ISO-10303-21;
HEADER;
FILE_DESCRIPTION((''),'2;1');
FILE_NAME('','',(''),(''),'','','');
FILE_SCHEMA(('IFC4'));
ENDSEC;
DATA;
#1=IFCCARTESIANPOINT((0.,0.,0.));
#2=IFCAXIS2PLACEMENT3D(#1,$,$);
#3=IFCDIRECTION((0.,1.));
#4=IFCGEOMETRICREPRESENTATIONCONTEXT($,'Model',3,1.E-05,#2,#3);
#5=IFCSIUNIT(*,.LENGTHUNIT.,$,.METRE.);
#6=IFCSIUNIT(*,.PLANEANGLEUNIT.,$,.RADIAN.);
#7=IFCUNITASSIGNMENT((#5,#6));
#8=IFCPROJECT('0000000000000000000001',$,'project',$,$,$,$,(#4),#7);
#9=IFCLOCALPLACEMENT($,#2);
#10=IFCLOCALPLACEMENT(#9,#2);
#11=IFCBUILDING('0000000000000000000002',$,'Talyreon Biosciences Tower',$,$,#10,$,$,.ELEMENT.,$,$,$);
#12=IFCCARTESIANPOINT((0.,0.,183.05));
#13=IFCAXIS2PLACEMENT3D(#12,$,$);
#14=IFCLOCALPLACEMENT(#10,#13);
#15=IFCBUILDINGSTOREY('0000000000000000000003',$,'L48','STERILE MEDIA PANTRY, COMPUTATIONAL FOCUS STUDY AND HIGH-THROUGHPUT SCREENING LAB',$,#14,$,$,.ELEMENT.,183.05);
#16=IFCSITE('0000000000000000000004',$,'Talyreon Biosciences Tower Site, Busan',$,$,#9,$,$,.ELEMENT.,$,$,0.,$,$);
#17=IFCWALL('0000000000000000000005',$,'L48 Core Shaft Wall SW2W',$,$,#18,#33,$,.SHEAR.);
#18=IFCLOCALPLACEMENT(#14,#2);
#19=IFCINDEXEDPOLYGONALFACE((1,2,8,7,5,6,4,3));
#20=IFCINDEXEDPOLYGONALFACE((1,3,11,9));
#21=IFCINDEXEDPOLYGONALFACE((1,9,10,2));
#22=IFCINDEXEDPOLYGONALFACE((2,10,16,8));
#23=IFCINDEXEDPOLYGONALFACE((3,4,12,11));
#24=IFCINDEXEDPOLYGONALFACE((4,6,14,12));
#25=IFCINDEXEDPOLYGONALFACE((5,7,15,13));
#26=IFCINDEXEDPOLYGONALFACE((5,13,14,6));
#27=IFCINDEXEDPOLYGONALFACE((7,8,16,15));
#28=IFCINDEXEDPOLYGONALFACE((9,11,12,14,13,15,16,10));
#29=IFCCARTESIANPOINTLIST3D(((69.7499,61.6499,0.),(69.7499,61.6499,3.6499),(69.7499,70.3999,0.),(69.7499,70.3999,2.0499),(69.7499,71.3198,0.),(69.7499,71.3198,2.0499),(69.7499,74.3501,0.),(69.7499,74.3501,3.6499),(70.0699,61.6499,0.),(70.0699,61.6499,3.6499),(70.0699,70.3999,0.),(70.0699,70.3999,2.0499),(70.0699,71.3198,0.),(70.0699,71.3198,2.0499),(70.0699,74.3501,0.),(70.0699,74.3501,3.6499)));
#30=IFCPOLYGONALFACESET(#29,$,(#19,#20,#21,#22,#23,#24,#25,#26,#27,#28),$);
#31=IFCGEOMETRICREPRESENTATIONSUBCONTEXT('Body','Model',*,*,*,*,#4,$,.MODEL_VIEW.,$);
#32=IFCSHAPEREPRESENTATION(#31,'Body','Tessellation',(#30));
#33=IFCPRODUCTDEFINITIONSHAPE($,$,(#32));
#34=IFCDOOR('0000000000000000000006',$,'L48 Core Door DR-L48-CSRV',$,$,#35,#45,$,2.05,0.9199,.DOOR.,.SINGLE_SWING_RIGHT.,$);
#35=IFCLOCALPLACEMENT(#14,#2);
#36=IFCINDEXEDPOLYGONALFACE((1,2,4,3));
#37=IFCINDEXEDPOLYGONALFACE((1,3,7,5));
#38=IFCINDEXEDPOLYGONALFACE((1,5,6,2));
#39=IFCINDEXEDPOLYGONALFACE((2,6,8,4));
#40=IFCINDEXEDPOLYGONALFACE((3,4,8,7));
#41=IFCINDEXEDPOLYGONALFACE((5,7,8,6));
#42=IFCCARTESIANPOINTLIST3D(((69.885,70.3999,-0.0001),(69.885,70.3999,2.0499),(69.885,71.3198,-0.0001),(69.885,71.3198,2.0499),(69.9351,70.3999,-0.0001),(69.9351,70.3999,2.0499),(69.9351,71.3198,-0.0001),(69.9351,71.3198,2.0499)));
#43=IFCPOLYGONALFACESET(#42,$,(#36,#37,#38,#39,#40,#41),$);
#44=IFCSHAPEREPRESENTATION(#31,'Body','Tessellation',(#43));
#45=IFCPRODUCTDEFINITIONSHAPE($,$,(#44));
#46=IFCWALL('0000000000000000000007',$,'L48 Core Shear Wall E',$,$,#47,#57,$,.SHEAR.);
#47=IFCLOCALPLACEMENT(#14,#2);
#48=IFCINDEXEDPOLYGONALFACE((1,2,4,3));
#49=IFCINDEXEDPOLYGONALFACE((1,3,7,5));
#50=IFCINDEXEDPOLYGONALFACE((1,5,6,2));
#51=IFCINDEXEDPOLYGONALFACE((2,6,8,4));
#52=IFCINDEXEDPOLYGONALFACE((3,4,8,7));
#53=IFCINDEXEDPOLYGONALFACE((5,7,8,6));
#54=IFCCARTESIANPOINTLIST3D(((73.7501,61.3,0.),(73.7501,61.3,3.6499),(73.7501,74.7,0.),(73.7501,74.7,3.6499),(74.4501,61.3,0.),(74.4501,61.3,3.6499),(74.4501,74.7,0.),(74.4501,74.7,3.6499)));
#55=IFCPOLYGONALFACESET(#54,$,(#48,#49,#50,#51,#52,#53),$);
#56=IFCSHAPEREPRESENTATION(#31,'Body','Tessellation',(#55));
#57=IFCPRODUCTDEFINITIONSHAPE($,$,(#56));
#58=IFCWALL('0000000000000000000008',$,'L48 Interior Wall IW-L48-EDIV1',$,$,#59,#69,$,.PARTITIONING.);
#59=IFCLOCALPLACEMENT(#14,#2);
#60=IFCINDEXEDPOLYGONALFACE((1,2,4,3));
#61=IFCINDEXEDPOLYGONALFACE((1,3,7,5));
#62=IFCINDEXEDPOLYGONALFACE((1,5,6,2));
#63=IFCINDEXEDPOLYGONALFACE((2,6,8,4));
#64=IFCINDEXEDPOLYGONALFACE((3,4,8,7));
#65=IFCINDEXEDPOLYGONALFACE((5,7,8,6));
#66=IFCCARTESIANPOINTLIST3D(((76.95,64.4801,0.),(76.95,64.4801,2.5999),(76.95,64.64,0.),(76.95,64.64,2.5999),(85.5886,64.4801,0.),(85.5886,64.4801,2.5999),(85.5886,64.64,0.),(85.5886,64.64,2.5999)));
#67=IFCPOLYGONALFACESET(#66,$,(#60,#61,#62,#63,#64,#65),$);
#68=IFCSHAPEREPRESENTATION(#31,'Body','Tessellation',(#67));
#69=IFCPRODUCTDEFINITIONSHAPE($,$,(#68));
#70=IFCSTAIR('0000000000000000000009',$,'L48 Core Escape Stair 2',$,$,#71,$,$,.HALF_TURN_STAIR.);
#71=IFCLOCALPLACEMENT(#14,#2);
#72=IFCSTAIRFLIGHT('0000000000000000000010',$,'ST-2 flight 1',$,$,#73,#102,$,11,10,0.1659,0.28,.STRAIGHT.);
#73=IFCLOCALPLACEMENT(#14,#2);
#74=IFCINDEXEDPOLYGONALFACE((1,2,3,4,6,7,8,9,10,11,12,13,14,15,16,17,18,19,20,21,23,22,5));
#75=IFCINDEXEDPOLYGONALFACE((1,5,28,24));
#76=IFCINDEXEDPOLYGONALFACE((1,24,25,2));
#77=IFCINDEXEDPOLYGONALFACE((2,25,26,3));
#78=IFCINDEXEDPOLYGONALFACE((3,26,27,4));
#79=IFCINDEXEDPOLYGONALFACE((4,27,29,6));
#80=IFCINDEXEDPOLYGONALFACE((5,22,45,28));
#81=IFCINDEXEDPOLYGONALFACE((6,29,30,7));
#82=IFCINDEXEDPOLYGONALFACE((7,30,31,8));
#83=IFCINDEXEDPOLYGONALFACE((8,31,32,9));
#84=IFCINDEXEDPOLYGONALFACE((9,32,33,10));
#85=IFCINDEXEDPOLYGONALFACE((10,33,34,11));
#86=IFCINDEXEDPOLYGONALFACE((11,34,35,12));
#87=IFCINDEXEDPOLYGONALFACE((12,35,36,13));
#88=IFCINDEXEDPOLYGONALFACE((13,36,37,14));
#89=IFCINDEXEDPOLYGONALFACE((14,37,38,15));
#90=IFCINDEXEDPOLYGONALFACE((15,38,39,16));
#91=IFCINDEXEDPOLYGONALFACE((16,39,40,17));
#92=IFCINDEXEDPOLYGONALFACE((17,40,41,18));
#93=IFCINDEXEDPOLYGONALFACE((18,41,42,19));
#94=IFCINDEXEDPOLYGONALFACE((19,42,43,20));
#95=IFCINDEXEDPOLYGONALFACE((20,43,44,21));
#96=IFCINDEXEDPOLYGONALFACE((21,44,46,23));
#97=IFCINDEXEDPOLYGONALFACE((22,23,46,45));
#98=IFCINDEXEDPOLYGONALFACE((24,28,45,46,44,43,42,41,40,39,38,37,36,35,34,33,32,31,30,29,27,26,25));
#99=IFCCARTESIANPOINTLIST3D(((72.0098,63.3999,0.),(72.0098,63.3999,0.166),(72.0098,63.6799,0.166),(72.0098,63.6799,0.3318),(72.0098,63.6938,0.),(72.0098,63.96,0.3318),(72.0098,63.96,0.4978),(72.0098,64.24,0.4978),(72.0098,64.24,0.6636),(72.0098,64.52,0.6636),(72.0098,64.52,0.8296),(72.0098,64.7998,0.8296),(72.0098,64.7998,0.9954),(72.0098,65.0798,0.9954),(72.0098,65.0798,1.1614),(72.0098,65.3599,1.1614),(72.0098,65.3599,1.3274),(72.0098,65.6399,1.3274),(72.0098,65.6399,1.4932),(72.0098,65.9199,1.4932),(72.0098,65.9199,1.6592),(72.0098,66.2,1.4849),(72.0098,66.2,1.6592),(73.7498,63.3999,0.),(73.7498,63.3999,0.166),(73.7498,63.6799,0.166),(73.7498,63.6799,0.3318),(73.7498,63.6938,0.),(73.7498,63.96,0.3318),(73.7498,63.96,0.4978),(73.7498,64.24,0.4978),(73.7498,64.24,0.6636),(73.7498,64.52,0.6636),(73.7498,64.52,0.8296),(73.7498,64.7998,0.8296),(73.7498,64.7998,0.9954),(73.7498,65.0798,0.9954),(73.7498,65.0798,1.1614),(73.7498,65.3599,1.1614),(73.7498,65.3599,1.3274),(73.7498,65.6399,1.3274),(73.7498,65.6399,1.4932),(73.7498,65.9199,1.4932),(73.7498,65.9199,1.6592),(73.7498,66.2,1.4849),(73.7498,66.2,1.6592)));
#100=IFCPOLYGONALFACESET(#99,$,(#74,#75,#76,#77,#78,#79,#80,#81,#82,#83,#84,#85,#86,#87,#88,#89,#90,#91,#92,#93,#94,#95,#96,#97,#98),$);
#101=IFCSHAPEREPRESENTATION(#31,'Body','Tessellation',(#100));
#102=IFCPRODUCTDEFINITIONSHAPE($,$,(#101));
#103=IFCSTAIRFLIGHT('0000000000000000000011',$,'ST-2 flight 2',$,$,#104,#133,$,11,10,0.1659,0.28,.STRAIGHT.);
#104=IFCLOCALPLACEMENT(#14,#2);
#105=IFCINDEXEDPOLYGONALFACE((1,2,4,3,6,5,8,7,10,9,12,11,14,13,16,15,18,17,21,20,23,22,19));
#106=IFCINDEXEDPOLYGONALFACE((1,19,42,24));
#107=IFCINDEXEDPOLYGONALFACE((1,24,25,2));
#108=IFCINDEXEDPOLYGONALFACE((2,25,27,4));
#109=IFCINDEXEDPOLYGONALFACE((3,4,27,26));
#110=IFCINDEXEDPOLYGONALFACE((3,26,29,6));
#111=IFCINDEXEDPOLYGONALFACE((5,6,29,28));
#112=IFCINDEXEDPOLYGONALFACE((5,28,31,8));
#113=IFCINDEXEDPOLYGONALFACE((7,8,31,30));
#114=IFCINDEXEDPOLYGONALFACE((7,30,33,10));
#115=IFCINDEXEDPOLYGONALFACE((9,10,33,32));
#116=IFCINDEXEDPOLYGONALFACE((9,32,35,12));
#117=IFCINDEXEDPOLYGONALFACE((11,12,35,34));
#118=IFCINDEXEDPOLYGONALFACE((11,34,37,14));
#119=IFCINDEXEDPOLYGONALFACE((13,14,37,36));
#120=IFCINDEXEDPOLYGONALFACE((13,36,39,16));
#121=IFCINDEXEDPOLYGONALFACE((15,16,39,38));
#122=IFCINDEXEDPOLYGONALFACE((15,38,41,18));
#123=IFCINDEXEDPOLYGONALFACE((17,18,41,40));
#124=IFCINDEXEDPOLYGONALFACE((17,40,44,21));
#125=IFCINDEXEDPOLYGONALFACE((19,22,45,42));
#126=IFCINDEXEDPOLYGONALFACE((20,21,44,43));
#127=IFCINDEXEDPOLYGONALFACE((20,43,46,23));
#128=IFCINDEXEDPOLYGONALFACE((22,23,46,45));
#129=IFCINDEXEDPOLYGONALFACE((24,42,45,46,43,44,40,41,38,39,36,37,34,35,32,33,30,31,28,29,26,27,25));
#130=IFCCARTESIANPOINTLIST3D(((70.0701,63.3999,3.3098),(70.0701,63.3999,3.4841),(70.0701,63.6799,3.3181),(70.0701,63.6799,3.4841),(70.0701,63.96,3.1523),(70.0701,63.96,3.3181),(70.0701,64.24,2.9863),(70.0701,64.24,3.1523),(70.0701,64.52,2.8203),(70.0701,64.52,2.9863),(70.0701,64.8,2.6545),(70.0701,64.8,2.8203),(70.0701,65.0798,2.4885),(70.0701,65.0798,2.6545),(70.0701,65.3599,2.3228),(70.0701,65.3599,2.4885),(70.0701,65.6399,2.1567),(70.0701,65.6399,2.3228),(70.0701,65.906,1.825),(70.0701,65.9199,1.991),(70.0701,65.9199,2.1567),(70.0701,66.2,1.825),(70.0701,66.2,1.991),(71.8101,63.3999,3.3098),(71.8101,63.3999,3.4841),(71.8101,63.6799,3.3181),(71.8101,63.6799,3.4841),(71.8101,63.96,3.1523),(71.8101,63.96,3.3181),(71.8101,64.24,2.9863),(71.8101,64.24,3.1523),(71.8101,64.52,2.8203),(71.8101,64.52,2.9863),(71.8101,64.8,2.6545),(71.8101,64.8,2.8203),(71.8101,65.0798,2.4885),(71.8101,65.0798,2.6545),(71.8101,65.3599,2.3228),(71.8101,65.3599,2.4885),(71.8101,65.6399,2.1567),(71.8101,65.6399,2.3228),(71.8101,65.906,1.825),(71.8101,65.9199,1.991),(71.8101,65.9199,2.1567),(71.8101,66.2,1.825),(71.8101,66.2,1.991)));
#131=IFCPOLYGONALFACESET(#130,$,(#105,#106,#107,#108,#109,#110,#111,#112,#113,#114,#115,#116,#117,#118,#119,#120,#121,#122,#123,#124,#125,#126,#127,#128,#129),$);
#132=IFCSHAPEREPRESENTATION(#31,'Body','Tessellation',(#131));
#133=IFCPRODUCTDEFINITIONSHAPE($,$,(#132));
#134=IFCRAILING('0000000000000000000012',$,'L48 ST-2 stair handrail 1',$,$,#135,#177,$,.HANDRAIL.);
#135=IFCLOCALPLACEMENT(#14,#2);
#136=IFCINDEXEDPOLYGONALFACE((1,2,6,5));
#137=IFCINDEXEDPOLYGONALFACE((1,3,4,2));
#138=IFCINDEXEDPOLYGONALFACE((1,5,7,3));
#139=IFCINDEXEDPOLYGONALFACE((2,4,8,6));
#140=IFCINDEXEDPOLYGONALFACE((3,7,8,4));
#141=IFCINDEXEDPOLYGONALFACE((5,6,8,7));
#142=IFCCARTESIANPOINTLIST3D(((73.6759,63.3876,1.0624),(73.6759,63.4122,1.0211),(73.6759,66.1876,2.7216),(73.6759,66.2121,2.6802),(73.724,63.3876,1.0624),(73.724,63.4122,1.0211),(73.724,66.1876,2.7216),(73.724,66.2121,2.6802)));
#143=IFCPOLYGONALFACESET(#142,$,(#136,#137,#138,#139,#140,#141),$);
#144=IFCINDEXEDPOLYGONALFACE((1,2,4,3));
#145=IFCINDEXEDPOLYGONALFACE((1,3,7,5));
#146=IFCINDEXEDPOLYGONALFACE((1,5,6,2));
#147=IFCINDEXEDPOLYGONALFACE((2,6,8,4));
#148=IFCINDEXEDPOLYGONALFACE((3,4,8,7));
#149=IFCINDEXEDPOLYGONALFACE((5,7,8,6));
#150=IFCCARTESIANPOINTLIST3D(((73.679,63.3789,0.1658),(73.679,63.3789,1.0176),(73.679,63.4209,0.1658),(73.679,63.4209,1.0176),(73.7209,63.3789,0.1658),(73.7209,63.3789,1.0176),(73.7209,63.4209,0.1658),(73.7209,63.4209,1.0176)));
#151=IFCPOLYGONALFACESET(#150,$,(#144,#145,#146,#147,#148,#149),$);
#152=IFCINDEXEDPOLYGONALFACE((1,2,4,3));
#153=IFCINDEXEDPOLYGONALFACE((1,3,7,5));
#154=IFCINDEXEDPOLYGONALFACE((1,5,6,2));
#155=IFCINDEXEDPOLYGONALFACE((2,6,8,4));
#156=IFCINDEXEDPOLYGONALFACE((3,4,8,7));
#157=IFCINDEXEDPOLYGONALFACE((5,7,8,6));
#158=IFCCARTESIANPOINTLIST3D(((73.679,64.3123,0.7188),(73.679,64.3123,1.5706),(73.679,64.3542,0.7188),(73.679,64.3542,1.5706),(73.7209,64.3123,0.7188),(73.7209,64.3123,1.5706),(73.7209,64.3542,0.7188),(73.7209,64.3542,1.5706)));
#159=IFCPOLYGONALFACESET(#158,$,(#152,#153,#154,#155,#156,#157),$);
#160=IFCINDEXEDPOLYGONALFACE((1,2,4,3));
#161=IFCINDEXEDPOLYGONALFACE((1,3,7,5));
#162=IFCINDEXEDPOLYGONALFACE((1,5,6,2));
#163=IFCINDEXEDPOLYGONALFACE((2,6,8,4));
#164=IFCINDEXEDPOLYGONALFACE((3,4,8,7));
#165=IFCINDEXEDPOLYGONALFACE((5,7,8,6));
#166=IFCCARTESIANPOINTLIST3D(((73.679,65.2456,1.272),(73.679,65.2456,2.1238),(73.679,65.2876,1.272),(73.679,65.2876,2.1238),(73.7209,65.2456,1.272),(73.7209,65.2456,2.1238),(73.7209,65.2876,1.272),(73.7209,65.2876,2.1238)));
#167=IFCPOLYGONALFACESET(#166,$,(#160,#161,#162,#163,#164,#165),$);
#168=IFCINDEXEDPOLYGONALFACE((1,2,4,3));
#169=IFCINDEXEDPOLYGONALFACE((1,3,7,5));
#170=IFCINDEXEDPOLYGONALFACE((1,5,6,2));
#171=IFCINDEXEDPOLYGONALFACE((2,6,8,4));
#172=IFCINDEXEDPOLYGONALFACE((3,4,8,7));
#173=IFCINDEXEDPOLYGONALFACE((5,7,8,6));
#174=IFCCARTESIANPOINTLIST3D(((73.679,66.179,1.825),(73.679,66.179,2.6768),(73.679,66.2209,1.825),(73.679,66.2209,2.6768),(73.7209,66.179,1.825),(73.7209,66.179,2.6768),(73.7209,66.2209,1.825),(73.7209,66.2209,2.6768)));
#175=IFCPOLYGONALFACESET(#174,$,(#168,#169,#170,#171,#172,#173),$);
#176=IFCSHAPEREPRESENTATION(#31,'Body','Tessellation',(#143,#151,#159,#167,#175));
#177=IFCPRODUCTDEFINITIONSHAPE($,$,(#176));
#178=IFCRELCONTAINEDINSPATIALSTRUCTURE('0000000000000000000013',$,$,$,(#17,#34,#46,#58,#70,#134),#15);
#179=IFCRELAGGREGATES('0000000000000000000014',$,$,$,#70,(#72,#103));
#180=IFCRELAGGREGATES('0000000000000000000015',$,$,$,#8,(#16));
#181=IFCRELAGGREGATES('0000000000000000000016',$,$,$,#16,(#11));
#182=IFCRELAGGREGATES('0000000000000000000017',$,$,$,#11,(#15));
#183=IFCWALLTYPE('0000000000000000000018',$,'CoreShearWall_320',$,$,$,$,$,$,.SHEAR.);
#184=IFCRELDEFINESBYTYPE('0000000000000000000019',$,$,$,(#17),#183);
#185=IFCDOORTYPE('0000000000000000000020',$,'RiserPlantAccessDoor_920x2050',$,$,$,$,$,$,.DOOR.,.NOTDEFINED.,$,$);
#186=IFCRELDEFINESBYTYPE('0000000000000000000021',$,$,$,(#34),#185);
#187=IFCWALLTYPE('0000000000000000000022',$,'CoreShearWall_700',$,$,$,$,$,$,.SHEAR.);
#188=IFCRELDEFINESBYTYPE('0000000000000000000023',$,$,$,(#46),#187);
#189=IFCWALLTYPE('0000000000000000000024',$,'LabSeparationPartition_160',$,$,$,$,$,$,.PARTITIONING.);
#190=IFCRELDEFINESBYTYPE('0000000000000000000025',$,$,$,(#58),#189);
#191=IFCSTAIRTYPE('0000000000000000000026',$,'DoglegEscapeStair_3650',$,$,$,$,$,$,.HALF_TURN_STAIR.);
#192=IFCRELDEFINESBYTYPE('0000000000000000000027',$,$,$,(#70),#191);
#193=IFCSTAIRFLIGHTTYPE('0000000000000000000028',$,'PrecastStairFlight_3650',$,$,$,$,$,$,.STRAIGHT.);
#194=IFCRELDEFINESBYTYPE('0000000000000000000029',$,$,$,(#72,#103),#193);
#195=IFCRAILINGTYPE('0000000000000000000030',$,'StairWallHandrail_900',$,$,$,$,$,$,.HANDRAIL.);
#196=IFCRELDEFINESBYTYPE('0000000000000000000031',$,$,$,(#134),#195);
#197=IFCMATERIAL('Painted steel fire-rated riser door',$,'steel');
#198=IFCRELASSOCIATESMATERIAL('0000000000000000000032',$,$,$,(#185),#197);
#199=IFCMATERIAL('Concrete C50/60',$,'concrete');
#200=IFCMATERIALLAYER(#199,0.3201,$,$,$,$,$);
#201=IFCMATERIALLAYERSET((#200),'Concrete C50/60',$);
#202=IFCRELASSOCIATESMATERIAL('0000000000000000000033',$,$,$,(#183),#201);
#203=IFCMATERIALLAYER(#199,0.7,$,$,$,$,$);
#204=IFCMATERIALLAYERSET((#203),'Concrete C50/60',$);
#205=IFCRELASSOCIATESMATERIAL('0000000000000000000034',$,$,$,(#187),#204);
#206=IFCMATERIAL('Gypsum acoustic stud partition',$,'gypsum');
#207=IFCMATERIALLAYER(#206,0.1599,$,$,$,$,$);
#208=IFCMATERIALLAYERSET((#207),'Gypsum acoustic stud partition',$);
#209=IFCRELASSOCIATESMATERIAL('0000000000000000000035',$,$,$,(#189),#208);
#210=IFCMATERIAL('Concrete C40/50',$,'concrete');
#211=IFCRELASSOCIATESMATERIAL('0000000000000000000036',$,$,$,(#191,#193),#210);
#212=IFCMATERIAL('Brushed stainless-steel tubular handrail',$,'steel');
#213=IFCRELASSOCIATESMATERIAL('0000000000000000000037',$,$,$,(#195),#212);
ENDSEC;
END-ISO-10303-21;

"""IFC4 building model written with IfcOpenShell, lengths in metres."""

from ifc_helpers import new_model, si_unit, direction, frame, frame_2d, origin, origin_2d, place, context, subcontext, project, spatial, polyline, rectangle, outline, extrude, material, layer, layer_set, type_object, element, fill, aggregate, save


model = new_model("IFC4")

# Units and contexts
model_context = context("Model", 3, precision=1e-05, world=origin(), true_north=direction((0.0, 1.0)))
body_context = subcontext(model_context, "Body", "Model", "MODEL_VIEW")
ifc_project = project(units=[si_unit("LENGTHUNIT", "METRE"), si_unit("PLANEANGLEUNIT", "RADIAN")], contexts=[model_context])

# Site, building, storey
site_placement = place(None, origin())
site = spatial("IfcSite", under=ifc_project, at=site_placement, Name="Talyreon Biosciences Tower Site, Busan", CompositionType="ELEMENT", RefElevation=0.0)
building_placement = place(site_placement, origin())
building = spatial("IfcBuilding", under=site, at=building_placement, Name="Talyreon Biosciences Tower", CompositionType="ELEMENT")
storey_placement = place(building_placement, frame((0.0, 0.0, 183.05)))
storey = spatial("IfcBuildingStorey", under=building, at=storey_placement, Name="L48", Description="STERILE MEDIA PANTRY, COMPUTATIONAL FOCUS STUDY AND HIGH-THROUGHPUT SCREENING LAB", CompositionType="ELEMENT", Elevation=183.05)

# Shared definitions
ifc_material_1 = material(Name="Concrete C50/60", Category="concrete")

# Wall, opening, door
ifc_material_2 = material(Name="Painted steel fire-rated riser door", Category="steel")
door_type = type_object("IfcDoorType", Name="RiserPlantAccessDoor_920x2050", OperationType="NOTDEFINED", PredefinedType="DOOR", material=ifc_material_2)
ifc_layer_1 = layer(ifc_material_1, 0.3201)
ifc_layer_set_1 = layer_set([ifc_layer_1], Name="Concrete C50/60")
wall_type_1 = type_object("IfcWallType", Name="CoreShearWall_320", PredefinedType="SHEAR", material=ifc_layer_set_1)
wall_1_placement = place(storey_placement, frame((69.9099, 61.6499, 0.0), z_axis=(0.0, 0.0, 1.0), x_axis=(0.0, 1.0, 0.0)))
wall_1 = element("IfcWall", 1, at=wall_1_placement, inside=storey, type_object=wall_type_1, Name="L48 Core Shaft Wall SW2W", PredefinedType="SHEAR", context=body_context, shape_type="SweptSolid", body=[
    extrude(rectangle(XDim=12.7002, YDim=0.3201, at=frame_2d((6.3501, 0.0))), origin(), (0.0, 0.0, 1.0), 3.6499),
])
opening_1_placement = place(wall_1_placement, frame((8.75, 0.0, 0.0)))
opening_1 = element("IfcOpeningElement", 2, at=opening_1_placement, cuts=wall_1, PredefinedType="OPENING", context=body_context, shape_type="SweptSolid", body=[
    extrude(rectangle(XDim=0.9199, YDim=2.05, at=frame_2d((0.46, 1.0249))), frame((0.0, 0.1699, 0.0), z_axis=(0.0, -1.0, 0.0), x_axis=(1.0, 0.0, 0.0)), (0.0, 0.0, 1.0), 0.3401),
])
door_1_placement = place(opening_1_placement, origin())
door_1 = element("IfcDoor", 3, at=door_1_placement, inside=storey, type_object=door_type, Name="L48 Core Door DR-L48-CSRV", OperationType="SINGLE_SWING_RIGHT", OverallHeight=2.05, OverallWidth=0.9199, PredefinedType="DOOR", context=body_context, shape_type="SweptSolid", body=[
    extrude(rectangle(XDim=0.9199, YDim=2.05, at=frame_2d((0.46, 1.0249))), frame((0.0, 0.0249, 0.0), z_axis=(0.0, -1.0, 0.0), x_axis=(1.0, 0.0, 0.0)), (0.0, 0.0, 1.0), 0.05),
])
fill(opening_1, door_1)

# Walls
ifc_layer_2 = layer(ifc_material_1, 0.7)
ifc_layer_set_2 = layer_set([ifc_layer_2], Name="Concrete C50/60")
wall_type_2 = type_object("IfcWallType", Name="CoreShearWall_700", PredefinedType="SHEAR", material=ifc_layer_set_2)
wall_2_placement = place(storey_placement, frame((74.1001, 61.3, 0.0), z_axis=(0.0, 0.0, 1.0), x_axis=(0.0, 1.0, 0.0)))
element("IfcWall", 4, at=wall_2_placement, inside=storey, type_object=wall_type_2, Name="L48 Core Shear Wall E", PredefinedType="SHEAR", context=body_context, shape_type="SweptSolid", body=[
    extrude(rectangle(XDim=13.3999, YDim=0.7, at=frame_2d((6.7, 0.0))), origin(), (0.0, 0.0, 1.0), 3.6499),
])
ifc_material_3 = material(Name="Gypsum acoustic stud partition", Category="gypsum")
ifc_layer_3 = layer(ifc_material_3, 0.1599)
ifc_layer_set_3 = layer_set([ifc_layer_3], Name="Gypsum acoustic stud partition")
wall_type_3 = type_object("IfcWallType", Name="LabSeparationPartition_160", PredefinedType="PARTITIONING", material=ifc_layer_set_3)
wall_3_placement = place(storey_placement, frame((76.95, 64.5601, 0.0), z_axis=(0.0, 0.0, 1.0), x_axis=(1.0, 0.0, 0.0)))
element("IfcWall", 5, at=wall_3_placement, inside=storey, type_object=wall_type_3, Name="L48 Interior Wall IW-L48-EDIV1", PredefinedType="PARTITIONING", context=body_context, shape_type="SweptSolid", body=[
    extrude(rectangle(XDim=8.6387, YDim=0.1599, at=frame_2d((4.3193, 0.0))), origin(), (0.0, 0.0, 1.0), 2.5999),
])

# Stair, stair flights
ifc_material_4 = material(Name="Concrete C40/50", Category="concrete")
stair_type = type_object("IfcStairType", Name="DoglegEscapeStair_3650", PredefinedType="HALF_TURN_STAIR", material=ifc_material_4)
stair_placement = place(storey_placement, origin())
stair = element("IfcStair", 6, at=stair_placement, inside=storey, type_object=stair_type, Name="L48 Core Escape Stair 2", PredefinedType="HALF_TURN_STAIR")
stair_flight_type = type_object("IfcStairFlightType", Name="PrecastStairFlight_3650", PredefinedType="STRAIGHT", material=ifc_material_4)
stair_flight_1_placement = place(storey_placement, frame((72.8799, 63.3999, 0.0), z_axis=(0.0, 0.0, 1.0), x_axis=(0.0, 1.0, 0.0)))
stair_flight_1 = element("IfcStairFlight", 7, at=stair_flight_1_placement, type_object=stair_flight_type, Name="ST-2 flight 1", NumberOfRisers=11, NumberOfTreads=10, PredefinedType="STRAIGHT", RiserHeight=0.1659, TreadLength=0.28, context=body_context, shape_type="SweptSolid", body=[
    extrude(outline(polyline([(0.0, 0.0), (0.0, 0.166), (0.28, 0.166), (0.28, 0.3318), (0.5601, 0.3318), (0.5601, 0.4978), (0.8401, 0.4978), (0.8401, 0.6636), (1.1201, 0.6636), (1.1201, 0.8296), (1.3999, 0.8296), (1.3999, 0.9954), (1.6799, 0.9954), (1.6799, 1.1614), (1.96, 1.1614), (1.96, 1.3274), (2.24, 1.3274), (2.24, 1.4932), (2.52, 1.4932), (2.52, 1.6592), (2.8, 1.6592), (2.8, 1.825), (2.8, 1.4849), (0.2939, 0.0), (0.0, 0.0)])), frame((0.0, 0.8701, 0.0), z_axis=(0.0, -1.0, 0.0), x_axis=(1.0, 0.0, 0.0)), (0.0, 0.0, 1.0), 1.74),
])
stair_flight_2_placement = place(storey_placement, frame((70.9399, 66.2, 1.825), z_axis=(0.0, 0.0, 1.0), x_axis=(0.0, -1.0, 0.0)))
stair_flight_2 = element("IfcStairFlight", 8, at=stair_flight_2_placement, type_object=stair_flight_type, Name="ST-2 flight 2", NumberOfRisers=11, NumberOfTreads=10, PredefinedType="STRAIGHT", RiserHeight=0.1659, TreadLength=0.28, context=body_context, shape_type="SweptSolid", body=[
    extrude(outline(polyline([(0.0, 0.0), (0.0, 0.166), (0.28, 0.166), (0.28, 0.3318), (0.5601, 0.3318), (0.5601, 0.4978), (0.8401, 0.4978), (0.8401, 0.6636), (1.1201, 0.6636), (1.1201, 0.8296), (1.3999, 0.8296), (1.3999, 0.9954), (1.6799, 0.9954), (1.6799, 1.1614), (1.96, 1.1614), (1.96, 1.3274), (2.24, 1.3274), (2.24, 1.4932), (2.52, 1.4932), (2.52, 1.6592), (2.8, 1.6592), (2.8, 1.825), (2.8, 1.4849), (0.2939, 0.0), (0.0, 0.0)])), frame((0.0, 0.8701, 0.0), z_axis=(0.0, -1.0, 0.0), x_axis=(1.0, 0.0, 0.0)), (0.0, 0.0, 1.0), 1.74),
])
aggregate(stair, [stair_flight_1, stair_flight_2])

# Railing
ifc_material_5 = material(Name="Brushed stainless-steel tubular handrail", Category="steel")
railing_type_1 = type_object("IfcRailingType", Name="StairWallHandrail_900", PredefinedType="HANDRAIL", material=ifc_material_5)
railing_1_placement = place(storey_placement, frame((73.7, 63.3999, 0.1658)))
element("IfcRailing", 9, at=railing_1_placement, inside=storey, type_object=railing_type_1, Name="L48 ST-2 stair handrail 1", PredefinedType="HANDRAIL", context=body_context, shape_type="SweptSolid", body=[
    extrude(rectangle(XDim=0.0481, YDim=0.0481, at=origin_2d()), frame((0.0, 0.0, 0.876), z_axis=(0.0, 0.860306, 0.509778), x_axis=(-1.0, 0.0, 0.0)), (0.0, 0.0, 1.0), 3.2546),
    extrude(rectangle(XDim=0.042, YDim=0.042, at=origin_2d()), origin(), (0.0, 0.0, 1.0), 0.8518),
    extrude(rectangle(XDim=0.042, YDim=0.042, at=origin_2d()), frame((0.0, 0.9333, 0.553)), (0.0, 0.0, 1.0), 0.8518),
    extrude(rectangle(XDim=0.042, YDim=0.042, at=origin_2d()), frame((0.0, 1.8667, 1.1062)), (0.0, 0.0, 1.0), 0.8518),
    extrude(rectangle(XDim=0.042, YDim=0.042, at=origin_2d()), frame((0.0, 2.8, 1.6592)), (0.0, 0.0, 1.0), 0.8518),
])

save(model, "model.ifc")
